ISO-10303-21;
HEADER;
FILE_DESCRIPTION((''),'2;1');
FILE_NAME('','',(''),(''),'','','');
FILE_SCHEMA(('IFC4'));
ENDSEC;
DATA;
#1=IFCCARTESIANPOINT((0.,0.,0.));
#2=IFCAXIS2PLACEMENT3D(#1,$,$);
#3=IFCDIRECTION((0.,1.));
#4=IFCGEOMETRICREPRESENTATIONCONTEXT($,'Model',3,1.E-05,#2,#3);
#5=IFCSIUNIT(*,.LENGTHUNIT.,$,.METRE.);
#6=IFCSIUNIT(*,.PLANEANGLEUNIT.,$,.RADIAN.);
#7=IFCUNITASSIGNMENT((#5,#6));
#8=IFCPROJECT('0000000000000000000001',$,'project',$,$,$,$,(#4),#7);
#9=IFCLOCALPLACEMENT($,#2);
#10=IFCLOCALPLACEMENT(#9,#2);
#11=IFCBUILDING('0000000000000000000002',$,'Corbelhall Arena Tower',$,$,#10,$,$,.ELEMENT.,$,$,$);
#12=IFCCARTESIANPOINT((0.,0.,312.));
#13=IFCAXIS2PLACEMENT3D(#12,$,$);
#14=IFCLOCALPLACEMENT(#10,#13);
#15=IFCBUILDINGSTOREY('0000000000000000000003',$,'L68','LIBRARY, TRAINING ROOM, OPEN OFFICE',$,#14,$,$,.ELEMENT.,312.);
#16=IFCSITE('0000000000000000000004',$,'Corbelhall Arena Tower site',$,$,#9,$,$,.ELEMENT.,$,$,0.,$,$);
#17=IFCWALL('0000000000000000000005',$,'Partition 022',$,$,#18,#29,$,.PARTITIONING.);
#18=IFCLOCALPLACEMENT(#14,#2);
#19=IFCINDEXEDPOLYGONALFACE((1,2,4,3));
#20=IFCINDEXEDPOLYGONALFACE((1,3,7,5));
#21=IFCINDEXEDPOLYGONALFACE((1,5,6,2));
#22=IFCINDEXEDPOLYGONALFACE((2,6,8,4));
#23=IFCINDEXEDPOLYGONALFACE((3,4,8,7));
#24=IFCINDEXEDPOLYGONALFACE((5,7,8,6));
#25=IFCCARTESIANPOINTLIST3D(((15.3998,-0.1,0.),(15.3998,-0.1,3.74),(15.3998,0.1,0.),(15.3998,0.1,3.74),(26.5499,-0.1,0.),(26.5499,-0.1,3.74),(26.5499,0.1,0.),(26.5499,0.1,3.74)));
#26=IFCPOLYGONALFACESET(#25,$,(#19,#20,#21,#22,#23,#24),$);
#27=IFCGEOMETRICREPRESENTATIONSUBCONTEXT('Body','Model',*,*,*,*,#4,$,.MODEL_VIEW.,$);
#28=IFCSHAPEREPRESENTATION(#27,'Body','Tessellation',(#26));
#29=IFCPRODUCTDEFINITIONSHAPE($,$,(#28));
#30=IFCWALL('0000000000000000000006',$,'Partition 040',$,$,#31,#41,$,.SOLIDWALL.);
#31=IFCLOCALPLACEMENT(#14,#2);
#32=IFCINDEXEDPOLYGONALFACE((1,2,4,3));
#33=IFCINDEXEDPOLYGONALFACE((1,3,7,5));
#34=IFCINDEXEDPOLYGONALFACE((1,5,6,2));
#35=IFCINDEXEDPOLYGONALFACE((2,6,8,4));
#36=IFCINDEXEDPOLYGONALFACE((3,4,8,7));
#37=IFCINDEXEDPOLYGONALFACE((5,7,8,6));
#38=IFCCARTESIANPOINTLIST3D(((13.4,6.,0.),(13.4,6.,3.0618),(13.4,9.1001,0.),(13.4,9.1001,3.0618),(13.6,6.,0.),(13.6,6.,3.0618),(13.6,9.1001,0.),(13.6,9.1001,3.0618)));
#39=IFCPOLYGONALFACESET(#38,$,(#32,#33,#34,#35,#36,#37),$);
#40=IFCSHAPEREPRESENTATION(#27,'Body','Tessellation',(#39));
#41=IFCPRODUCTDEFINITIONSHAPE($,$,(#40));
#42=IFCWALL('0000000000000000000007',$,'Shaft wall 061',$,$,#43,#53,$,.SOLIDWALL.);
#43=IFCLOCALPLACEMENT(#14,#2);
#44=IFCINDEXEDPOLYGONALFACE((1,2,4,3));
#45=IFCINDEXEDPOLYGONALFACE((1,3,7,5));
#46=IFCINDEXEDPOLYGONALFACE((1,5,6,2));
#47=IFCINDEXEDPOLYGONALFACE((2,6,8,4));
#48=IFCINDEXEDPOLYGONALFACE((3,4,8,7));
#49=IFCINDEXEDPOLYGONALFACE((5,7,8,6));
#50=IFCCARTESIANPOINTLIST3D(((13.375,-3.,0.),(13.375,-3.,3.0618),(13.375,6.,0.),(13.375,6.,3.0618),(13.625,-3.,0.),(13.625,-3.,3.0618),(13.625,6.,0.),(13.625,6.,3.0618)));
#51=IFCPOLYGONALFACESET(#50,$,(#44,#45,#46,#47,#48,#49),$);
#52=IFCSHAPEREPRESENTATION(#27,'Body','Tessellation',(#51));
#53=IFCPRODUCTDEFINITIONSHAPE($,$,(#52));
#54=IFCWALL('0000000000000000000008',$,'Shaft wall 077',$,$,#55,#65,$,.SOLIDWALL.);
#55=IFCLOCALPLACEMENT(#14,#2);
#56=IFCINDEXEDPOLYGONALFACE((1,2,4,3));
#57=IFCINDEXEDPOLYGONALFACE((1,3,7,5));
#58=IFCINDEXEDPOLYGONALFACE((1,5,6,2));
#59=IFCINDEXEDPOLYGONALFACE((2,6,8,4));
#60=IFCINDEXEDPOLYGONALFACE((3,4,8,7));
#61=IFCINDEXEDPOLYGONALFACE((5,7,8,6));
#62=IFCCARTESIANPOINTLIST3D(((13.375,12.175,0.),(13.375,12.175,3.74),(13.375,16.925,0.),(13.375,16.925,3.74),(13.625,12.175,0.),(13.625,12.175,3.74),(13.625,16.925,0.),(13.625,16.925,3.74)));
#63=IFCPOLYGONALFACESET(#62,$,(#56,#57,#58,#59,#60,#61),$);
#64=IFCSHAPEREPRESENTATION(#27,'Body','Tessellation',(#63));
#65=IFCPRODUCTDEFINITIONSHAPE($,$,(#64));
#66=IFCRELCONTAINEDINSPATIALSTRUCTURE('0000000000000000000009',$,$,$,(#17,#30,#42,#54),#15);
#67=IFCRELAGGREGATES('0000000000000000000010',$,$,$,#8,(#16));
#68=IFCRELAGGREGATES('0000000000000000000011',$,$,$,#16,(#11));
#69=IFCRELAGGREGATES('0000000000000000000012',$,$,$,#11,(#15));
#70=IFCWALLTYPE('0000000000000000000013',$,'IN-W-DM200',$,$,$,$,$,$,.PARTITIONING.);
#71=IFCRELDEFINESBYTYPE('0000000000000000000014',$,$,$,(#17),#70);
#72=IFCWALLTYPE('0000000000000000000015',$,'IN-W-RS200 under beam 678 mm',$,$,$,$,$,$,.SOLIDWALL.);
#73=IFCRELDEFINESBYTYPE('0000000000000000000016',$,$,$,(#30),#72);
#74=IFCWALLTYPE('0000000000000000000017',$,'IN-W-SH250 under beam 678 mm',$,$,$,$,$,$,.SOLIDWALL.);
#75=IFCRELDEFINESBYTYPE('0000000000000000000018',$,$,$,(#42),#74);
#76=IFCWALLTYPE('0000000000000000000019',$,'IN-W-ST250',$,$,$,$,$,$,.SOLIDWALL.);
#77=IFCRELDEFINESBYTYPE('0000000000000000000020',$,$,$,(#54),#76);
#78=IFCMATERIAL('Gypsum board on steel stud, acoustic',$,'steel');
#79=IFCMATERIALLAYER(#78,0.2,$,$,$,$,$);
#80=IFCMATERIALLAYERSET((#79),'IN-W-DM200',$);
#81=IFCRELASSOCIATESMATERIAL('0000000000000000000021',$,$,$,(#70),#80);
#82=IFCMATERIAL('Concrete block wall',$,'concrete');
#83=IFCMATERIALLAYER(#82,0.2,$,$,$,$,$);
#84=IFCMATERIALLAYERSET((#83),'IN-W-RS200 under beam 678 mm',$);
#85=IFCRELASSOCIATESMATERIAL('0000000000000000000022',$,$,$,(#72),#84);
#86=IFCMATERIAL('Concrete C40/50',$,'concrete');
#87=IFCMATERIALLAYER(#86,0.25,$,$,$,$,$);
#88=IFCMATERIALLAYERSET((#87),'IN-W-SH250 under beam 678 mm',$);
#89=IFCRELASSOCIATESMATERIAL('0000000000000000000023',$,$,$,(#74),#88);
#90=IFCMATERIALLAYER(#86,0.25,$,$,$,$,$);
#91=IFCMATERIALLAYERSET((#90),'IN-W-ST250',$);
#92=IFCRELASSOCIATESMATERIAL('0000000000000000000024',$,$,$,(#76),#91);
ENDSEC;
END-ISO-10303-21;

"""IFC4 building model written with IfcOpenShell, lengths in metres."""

from ifc_helpers import new_model, si_unit, direction, frame, frame_2d, origin, place, context, subcontext, project, spatial, rectangle, extrude, material, layer, layer_set, type_object, element, save


model = new_model("IFC4")

# Units and contexts
model_context = context("Model", 3, precision=1e-05, world=origin(), true_north=direction((0.0, 1.0)))
body_context = subcontext(model_context, "Body", "Model", "MODEL_VIEW")
ifc_project = project(units=[si_unit("LENGTHUNIT", "METRE"), si_unit("PLANEANGLEUNIT", "RADIAN")], contexts=[model_context])

# Site, building, storey
site_placement = place(None, origin())
site = spatial("IfcSite", under=ifc_project, at=site_placement, Name="Corbelhall Arena Tower site", CompositionType="ELEMENT", RefElevation=0.0)
building_placement = place(site_placement, origin())
building = spatial("IfcBuilding", under=site, at=building_placement, Name="Corbelhall Arena Tower", CompositionType="ELEMENT")
storey_placement = place(building_placement, frame((0.0, 0.0, 312.0)))
storey = spatial("IfcBuildingStorey", under=building, at=storey_placement, Name="L68", Description="LIBRARY, TRAINING ROOM, OPEN OFFICE", CompositionType="ELEMENT", Elevation=312.0)

# Shared definitions
ifc_material_1 = material(Name="Gypsum board on steel stud, acoustic", Category="steel")
ifc_layer_1 = layer(ifc_material_1, 0.2)
ifc_layer_set_1 = layer_set([ifc_layer_1], Name="IN-W-DM200")
wall_type_1 = type_object("IfcWallType", Name="IN-W-DM200", PredefinedType="PARTITIONING", material=ifc_layer_set_1)

# Walls
for number, where, z_axis, x_axis, name in (
    (1, (26.55, 0.0, 0.0), (0.0, 0.0, 1.0), (-1.0, 0.0, 0.0), "Partition 022"),
):
    element("IfcWall", number, at=place(storey_placement, frame(where, z_axis=z_axis, x_axis=x_axis)), inside=storey, type_object=wall_type_1, Name=name, PredefinedType="PARTITIONING", context=body_context, shape_type="SweptSolid", body=[
        extrude(rectangle(XDim=11.1501, YDim=0.2, at=frame_2d((5.5752, 0.0))), origin(), (0.0, 0.0, 1.0), 3.74),
    ])
ifc_material_2 = material(Name="Concrete block wall", Category="concrete")
ifc_layer_2 = layer(ifc_material_2, 0.2)
ifc_layer_set_2 = layer_set([ifc_layer_2], Name="IN-W-RS200 under beam 678 mm")
wall_type_2 = type_object("IfcWallType", Name="IN-W-RS200 under beam 678 mm", PredefinedType="SOLIDWALL", material=ifc_layer_set_2)
wall_1_placement = place(storey_placement, frame((13.5, 9.1001, 0.0), z_axis=(0.0, 0.0, 1.0), x_axis=(0.0, -1.0, 0.0)))
element("IfcWall", 2, at=wall_1_placement, inside=storey, type_object=wall_type_2, Name="Partition 040", PredefinedType="SOLIDWALL", context=body_context, shape_type="SweptSolid", body=[
    extrude(rectangle(XDim=3.1001, YDim=0.2, at=frame_2d((1.55, 0.0))), origin(), (0.0, 0.0, 1.0), 3.0618),
])
ifc_material_3 = material(Name="Concrete C40/50", Category="concrete")
ifc_layer_3 = layer(ifc_material_3, 0.25)
ifc_layer_set_3 = layer_set([ifc_layer_3], Name="IN-W-SH250 under beam 678 mm")
wall_type_3 = type_object("IfcWallType", Name="IN-W-SH250 under beam 678 mm", PredefinedType="SOLIDWALL", material=ifc_layer_set_3)
wall_2_placement = place(storey_placement, frame((13.5, 6.0, 0.0), z_axis=(0.0, 0.0, 1.0), x_axis=(0.0, -1.0, 0.0)))
element("IfcWall", 3, at=wall_2_placement, inside=storey, type_object=wall_type_3, Name="Shaft wall 061", PredefinedType="SOLIDWALL", context=body_context, shape_type="SweptSolid", body=[
    extrude(rectangle(XDim=9.0, YDim=0.25, at=frame_2d((4.5, 0.0))), origin(), (0.0, 0.0, 1.0), 3.0618),
])
ifc_layer_4 = layer(ifc_material_3, 0.25)
ifc_layer_set_4 = layer_set([ifc_layer_4], Name="IN-W-ST250")
wall_type_4 = type_object("IfcWallType", Name="IN-W-ST250", PredefinedType="SOLIDWALL", material=ifc_layer_set_4)
wall_3_placement = place(storey_placement, frame((13.5, 12.175, 0.0), z_axis=(0.0, 0.0, 1.0), x_axis=(0.0, 1.0, 0.0)))
element("IfcWall", 4, at=wall_3_placement, inside=storey, type_object=wall_type_4, Name="Shaft wall 077", PredefinedType="SOLIDWALL", context=body_context, shape_type="SweptSolid", body=[
    extrude(rectangle(XDim=4.75, YDim=0.25, at=frame_2d((2.375, 0.0))), origin(), (0.0, 0.0, 1.0), 3.74),
])

save(model, "model.ifc")
